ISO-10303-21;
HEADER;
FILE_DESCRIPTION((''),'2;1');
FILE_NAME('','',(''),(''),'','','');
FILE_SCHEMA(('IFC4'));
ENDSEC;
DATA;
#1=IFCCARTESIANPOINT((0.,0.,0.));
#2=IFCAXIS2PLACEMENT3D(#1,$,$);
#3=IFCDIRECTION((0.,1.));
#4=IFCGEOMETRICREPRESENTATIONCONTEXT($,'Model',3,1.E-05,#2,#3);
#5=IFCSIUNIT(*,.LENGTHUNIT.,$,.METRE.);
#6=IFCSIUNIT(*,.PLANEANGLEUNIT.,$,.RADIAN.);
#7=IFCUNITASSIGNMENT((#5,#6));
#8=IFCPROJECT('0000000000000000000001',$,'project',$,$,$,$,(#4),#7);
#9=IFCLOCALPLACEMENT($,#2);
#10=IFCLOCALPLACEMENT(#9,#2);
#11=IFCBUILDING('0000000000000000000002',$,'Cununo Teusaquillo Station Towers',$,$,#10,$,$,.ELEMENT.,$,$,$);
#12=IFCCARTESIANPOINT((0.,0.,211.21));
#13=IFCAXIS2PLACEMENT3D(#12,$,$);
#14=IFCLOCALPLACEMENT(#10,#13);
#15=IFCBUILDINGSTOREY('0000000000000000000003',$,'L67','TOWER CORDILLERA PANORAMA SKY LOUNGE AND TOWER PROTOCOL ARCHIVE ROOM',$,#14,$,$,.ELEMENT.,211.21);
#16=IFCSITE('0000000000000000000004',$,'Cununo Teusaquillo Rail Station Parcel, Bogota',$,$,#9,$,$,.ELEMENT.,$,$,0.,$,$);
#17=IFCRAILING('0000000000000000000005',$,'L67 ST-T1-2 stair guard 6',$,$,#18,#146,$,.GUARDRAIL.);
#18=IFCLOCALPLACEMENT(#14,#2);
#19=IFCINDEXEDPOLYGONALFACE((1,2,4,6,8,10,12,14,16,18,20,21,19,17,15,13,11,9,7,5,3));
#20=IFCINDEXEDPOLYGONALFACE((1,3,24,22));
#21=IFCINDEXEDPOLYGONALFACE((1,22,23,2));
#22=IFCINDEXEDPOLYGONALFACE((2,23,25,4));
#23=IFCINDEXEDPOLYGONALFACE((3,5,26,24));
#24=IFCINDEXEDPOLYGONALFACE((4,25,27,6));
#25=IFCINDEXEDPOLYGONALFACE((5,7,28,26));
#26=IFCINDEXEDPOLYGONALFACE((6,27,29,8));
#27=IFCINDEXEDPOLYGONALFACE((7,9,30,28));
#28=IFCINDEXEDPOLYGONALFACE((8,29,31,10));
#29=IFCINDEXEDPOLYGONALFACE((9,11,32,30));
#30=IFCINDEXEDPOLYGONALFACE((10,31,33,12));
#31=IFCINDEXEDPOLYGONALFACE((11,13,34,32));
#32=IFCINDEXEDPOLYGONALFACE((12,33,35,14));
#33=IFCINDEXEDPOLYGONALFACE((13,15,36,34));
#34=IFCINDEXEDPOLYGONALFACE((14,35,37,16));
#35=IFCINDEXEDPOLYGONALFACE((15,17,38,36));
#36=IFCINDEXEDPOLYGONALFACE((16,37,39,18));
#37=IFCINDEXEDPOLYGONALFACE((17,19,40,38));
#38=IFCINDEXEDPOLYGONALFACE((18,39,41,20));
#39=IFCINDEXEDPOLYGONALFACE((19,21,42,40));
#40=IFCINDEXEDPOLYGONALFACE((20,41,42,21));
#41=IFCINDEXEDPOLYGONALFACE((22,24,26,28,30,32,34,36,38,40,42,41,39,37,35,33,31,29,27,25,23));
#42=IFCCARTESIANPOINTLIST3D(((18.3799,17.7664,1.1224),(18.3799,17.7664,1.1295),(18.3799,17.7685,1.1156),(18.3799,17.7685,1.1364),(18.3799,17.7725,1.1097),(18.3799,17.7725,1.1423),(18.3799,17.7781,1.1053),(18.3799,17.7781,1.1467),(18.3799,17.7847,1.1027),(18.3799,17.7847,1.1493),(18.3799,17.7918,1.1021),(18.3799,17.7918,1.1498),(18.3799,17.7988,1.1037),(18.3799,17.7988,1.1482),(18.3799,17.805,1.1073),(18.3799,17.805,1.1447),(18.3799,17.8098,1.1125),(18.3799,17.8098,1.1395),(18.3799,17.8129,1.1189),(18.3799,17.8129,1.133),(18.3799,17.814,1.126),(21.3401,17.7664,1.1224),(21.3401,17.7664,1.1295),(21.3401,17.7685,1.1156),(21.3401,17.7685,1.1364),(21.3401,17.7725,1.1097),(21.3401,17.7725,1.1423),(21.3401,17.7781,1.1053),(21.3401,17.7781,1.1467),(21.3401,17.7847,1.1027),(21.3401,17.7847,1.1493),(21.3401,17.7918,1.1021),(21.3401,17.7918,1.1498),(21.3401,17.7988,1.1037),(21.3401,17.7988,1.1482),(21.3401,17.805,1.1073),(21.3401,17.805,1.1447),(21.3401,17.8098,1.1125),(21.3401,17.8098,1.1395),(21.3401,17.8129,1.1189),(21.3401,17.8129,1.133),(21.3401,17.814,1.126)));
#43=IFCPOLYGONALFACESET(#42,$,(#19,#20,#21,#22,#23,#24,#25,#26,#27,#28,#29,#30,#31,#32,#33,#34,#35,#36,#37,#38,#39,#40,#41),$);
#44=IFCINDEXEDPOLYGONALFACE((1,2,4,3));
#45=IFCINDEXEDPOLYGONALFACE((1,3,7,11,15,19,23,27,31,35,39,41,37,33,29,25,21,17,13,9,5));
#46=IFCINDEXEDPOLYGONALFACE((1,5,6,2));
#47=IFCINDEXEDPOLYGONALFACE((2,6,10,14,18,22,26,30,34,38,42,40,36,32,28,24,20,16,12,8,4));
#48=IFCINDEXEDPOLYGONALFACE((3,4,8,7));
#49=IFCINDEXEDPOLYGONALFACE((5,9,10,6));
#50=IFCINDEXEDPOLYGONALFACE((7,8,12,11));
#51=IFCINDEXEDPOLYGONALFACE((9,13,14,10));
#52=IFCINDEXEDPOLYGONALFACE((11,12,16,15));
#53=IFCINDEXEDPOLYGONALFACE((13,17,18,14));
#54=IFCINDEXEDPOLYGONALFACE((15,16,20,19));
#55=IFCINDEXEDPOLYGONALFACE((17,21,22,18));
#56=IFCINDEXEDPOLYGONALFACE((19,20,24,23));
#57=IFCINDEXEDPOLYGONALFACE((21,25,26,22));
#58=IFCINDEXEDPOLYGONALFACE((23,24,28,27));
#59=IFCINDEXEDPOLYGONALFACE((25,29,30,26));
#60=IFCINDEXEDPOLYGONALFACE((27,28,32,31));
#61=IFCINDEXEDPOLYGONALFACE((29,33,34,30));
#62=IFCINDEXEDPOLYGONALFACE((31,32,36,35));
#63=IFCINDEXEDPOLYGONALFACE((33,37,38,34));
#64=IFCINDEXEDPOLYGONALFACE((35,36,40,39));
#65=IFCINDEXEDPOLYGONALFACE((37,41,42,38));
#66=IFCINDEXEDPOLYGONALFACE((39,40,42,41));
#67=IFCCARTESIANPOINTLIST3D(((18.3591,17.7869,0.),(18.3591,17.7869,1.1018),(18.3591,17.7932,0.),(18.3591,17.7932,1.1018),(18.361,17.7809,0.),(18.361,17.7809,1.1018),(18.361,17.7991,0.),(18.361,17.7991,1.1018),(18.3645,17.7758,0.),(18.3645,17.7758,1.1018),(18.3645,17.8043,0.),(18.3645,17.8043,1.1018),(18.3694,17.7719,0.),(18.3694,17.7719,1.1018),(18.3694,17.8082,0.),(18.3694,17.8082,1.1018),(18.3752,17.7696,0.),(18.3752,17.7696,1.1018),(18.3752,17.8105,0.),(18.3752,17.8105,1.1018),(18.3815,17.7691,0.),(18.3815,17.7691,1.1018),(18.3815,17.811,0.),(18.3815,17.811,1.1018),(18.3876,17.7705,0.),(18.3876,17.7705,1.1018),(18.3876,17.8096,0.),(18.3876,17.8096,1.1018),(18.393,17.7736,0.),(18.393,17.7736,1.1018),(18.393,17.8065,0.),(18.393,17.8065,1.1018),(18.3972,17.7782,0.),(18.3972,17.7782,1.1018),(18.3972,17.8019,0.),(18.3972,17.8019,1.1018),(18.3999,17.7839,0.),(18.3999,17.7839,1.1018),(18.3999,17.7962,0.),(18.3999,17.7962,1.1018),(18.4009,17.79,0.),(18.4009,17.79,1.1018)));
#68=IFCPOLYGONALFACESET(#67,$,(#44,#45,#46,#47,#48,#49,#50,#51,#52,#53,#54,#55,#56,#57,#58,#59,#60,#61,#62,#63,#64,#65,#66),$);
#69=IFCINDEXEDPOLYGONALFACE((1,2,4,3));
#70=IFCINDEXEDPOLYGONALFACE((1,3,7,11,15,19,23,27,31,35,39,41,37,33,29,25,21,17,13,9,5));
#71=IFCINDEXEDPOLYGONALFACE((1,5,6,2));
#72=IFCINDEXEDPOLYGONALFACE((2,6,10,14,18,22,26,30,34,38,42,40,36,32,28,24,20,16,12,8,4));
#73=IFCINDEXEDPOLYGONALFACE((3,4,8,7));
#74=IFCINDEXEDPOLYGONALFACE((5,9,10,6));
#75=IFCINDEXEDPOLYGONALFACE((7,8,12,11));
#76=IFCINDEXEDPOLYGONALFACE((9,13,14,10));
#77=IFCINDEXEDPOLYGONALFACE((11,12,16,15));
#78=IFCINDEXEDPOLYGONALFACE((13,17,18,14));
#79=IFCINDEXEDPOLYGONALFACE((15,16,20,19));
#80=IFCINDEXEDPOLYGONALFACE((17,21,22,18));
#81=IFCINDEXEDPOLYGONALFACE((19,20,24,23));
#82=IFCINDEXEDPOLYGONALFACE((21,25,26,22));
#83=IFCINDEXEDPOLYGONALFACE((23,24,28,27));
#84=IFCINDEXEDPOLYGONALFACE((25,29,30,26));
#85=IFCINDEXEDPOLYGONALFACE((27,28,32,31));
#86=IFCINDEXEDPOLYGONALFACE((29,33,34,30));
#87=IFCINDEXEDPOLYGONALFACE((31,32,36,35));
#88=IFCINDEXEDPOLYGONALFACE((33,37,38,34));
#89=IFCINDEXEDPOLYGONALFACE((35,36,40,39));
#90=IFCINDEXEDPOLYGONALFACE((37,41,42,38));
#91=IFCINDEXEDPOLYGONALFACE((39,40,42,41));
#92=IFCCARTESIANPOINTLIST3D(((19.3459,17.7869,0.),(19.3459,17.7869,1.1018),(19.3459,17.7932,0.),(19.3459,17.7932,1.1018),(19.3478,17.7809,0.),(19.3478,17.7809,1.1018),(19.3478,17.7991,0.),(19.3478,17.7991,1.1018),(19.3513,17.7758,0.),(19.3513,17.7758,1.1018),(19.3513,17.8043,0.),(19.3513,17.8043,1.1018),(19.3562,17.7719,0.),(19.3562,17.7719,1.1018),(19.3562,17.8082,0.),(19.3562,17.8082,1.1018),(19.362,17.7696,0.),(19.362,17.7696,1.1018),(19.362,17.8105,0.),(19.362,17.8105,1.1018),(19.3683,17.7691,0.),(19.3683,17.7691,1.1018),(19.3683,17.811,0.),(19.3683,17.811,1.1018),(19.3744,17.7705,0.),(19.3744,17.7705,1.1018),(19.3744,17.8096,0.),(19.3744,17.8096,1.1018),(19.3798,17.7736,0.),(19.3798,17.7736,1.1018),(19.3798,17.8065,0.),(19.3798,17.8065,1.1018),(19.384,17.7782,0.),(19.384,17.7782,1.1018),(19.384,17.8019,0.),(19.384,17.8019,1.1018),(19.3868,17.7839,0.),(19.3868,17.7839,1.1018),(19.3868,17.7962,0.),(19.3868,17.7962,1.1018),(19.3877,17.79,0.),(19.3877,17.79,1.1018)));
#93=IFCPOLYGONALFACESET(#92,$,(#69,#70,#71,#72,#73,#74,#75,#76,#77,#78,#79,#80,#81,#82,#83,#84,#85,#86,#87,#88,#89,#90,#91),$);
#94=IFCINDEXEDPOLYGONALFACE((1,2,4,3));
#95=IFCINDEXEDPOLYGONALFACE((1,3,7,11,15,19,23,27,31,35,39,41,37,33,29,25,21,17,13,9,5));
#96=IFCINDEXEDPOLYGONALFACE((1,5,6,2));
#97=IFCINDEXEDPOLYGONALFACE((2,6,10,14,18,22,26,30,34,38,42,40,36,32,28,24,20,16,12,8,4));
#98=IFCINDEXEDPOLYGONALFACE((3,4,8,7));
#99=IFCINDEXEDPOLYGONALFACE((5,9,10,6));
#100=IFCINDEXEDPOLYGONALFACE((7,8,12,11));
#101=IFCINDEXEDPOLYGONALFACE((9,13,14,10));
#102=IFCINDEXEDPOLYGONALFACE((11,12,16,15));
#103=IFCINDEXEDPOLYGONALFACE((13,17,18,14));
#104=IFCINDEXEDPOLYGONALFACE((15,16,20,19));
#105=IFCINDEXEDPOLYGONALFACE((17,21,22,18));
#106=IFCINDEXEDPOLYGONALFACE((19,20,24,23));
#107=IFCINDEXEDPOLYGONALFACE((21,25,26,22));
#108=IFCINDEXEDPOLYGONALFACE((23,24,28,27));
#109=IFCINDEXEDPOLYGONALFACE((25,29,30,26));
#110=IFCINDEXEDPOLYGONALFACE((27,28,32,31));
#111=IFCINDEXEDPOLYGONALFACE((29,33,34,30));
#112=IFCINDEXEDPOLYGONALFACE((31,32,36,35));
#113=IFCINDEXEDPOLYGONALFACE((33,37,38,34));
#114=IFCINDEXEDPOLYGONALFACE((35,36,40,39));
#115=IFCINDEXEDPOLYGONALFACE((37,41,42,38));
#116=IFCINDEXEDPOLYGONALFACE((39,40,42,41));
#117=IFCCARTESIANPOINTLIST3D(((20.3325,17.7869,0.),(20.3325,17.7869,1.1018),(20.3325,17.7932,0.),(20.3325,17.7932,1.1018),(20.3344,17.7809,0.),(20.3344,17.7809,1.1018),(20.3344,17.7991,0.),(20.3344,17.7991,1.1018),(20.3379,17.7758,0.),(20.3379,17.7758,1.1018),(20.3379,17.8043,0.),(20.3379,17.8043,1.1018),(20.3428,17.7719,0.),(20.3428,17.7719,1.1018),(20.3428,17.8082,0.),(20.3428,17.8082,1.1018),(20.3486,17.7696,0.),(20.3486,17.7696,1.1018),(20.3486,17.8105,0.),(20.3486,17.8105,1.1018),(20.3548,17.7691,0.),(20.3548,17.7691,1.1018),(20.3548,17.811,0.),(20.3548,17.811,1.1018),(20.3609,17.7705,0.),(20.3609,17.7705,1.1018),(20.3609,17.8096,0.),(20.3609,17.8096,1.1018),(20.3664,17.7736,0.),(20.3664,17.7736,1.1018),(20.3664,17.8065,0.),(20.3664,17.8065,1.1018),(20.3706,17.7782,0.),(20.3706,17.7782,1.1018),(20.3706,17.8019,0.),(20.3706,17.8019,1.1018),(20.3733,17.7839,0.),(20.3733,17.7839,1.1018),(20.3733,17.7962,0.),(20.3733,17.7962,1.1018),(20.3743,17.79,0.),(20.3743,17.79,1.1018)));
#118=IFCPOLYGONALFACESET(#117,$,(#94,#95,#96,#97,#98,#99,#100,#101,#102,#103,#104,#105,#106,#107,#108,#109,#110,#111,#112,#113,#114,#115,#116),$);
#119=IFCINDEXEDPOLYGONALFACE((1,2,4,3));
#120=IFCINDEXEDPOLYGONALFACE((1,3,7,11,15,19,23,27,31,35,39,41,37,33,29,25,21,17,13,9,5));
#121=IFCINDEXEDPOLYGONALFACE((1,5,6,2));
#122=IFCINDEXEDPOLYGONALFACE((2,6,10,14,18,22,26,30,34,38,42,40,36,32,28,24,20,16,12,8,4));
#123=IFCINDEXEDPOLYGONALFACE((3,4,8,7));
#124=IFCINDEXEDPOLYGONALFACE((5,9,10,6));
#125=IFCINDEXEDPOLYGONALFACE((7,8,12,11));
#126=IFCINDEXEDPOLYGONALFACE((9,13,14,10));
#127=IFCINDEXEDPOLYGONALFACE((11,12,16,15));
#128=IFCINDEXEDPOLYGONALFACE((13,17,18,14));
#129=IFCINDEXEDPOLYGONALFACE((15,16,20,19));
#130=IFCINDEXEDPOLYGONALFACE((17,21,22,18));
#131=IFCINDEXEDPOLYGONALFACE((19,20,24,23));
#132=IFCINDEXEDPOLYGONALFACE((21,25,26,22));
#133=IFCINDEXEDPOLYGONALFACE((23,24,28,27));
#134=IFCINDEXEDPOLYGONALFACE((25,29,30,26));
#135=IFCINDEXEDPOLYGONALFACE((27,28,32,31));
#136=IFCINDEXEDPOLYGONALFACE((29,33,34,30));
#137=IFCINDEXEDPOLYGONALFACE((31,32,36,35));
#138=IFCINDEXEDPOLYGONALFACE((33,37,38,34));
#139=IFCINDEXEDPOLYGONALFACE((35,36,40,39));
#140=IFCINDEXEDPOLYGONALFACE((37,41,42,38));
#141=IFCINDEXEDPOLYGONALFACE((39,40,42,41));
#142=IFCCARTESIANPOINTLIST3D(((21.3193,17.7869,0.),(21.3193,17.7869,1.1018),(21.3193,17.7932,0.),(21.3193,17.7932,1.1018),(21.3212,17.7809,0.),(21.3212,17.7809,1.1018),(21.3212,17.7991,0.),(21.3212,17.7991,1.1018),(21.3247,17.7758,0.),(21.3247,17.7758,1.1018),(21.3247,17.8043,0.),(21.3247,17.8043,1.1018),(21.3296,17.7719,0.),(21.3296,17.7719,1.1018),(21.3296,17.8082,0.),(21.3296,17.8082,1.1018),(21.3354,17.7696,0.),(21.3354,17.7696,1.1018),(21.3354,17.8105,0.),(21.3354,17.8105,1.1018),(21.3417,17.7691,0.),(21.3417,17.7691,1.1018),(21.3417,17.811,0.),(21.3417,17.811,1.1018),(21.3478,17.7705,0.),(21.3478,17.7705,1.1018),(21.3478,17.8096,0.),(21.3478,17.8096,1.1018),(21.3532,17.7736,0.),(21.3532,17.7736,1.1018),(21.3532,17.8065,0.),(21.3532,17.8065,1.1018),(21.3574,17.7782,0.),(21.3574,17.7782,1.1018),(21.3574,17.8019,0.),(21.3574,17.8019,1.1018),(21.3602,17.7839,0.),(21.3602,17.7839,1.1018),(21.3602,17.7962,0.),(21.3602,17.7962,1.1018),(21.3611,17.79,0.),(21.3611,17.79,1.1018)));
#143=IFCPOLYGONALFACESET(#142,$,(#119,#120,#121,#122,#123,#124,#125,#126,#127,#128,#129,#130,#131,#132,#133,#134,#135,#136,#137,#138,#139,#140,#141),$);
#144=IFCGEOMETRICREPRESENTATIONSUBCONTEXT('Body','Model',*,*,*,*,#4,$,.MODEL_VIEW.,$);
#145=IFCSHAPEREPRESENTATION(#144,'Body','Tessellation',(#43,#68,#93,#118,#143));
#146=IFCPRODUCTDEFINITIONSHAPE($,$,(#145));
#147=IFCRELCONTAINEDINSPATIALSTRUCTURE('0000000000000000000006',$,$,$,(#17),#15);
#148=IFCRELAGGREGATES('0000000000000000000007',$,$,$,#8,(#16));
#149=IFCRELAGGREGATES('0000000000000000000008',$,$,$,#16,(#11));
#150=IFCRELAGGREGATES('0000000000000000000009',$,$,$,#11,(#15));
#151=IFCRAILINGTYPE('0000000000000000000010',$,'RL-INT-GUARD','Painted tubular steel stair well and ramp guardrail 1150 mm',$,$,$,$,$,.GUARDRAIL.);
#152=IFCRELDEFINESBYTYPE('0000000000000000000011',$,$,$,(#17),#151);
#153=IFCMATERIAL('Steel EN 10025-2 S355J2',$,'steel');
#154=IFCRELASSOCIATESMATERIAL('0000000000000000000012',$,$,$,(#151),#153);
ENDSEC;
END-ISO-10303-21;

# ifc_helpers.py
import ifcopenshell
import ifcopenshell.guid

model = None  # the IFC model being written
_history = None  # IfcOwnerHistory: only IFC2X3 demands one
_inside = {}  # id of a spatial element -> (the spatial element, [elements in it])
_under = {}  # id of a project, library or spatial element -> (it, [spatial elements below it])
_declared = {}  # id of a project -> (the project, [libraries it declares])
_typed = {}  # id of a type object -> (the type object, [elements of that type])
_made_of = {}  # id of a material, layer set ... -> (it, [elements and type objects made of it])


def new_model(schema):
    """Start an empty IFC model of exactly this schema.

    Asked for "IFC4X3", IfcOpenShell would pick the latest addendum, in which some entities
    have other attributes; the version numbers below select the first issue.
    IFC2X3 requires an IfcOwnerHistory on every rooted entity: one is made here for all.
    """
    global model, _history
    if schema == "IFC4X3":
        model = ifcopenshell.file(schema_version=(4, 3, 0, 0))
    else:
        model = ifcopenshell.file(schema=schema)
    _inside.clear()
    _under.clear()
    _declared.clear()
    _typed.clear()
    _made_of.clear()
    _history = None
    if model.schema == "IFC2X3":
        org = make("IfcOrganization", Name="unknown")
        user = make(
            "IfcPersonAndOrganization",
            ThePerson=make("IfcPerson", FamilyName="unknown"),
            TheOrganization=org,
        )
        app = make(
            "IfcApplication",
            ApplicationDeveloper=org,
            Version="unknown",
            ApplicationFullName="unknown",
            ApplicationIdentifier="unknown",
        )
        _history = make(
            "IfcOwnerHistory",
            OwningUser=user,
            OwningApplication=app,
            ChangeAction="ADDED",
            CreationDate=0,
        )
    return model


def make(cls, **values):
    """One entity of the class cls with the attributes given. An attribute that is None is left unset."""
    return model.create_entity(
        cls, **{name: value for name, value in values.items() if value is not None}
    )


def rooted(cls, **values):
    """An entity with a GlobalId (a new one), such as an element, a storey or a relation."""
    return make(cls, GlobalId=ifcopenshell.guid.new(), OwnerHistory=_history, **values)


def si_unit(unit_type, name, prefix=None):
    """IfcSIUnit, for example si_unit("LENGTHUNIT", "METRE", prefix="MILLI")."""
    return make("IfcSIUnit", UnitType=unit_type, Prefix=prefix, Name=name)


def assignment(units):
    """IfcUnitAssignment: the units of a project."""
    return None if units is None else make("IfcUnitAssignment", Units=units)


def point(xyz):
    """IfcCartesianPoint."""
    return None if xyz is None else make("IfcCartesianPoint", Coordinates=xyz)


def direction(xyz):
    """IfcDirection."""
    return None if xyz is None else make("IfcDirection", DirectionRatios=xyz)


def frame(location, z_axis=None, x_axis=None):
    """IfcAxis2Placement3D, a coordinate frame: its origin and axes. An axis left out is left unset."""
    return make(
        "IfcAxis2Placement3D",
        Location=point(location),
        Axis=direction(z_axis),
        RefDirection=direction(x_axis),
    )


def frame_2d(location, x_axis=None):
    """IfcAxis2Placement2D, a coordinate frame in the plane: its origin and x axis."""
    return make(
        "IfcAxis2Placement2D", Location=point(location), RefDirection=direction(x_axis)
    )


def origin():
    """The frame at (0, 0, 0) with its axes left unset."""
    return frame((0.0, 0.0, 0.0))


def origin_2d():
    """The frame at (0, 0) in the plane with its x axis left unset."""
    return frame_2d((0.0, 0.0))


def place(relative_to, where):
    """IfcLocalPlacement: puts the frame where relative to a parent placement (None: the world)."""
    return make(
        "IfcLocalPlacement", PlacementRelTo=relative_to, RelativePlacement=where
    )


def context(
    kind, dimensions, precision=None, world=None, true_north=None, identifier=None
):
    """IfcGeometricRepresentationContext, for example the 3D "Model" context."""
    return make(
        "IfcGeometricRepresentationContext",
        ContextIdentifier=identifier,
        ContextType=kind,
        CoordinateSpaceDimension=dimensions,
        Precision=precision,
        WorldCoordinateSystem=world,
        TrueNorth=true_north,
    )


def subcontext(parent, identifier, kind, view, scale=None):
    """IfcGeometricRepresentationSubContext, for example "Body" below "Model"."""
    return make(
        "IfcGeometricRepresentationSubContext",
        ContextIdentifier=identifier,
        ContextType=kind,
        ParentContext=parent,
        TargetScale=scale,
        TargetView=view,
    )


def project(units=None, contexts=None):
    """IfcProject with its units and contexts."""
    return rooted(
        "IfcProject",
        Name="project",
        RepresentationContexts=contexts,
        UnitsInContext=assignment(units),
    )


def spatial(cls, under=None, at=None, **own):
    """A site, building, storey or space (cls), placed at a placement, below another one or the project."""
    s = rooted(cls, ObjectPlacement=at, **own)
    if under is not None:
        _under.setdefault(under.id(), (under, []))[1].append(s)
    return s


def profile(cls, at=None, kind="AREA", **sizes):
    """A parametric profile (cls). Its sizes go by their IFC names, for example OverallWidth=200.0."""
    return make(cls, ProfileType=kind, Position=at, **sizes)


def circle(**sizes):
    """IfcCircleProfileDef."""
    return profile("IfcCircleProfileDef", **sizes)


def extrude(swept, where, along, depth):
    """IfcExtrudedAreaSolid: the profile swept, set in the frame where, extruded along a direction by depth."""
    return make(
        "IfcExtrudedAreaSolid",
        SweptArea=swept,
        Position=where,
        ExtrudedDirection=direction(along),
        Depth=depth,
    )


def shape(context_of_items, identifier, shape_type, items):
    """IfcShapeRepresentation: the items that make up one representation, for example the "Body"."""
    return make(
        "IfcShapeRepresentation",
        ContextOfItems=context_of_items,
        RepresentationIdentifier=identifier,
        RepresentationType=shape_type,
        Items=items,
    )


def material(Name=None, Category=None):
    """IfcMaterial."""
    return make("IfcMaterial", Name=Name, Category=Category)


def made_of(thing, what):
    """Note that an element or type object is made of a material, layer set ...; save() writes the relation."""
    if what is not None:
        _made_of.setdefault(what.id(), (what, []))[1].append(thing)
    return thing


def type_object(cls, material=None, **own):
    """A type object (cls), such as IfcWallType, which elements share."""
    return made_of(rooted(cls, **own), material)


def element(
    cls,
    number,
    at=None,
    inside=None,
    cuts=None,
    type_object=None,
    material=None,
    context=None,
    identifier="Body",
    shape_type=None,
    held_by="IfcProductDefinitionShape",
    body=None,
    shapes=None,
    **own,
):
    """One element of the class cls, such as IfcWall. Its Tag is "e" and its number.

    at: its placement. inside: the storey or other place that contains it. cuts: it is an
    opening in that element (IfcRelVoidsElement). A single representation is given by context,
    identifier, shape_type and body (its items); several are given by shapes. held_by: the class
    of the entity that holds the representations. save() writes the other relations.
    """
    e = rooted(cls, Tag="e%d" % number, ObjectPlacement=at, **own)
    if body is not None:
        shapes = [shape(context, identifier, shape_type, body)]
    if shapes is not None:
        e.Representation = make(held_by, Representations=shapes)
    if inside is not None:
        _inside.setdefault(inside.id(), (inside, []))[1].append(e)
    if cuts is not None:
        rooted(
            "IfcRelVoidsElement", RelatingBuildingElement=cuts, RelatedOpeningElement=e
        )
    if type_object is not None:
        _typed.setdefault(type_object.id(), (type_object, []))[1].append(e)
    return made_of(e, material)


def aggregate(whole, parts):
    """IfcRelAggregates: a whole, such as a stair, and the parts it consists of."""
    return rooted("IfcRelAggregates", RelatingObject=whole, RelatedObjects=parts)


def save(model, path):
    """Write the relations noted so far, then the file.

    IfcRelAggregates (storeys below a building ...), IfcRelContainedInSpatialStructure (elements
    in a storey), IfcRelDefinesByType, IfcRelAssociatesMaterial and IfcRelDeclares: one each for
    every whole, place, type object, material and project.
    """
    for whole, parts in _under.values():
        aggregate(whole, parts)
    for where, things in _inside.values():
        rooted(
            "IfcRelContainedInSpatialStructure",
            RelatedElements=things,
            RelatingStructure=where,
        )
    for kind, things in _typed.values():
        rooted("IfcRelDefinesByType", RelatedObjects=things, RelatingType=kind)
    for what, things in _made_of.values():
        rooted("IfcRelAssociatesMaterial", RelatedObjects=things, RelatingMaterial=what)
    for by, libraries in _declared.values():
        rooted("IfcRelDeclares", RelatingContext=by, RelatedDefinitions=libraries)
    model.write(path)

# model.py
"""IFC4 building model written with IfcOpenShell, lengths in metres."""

from ifc_helpers import new_model, si_unit, direction, frame, origin, origin_2d, place, context, subcontext, project, spatial, circle, extrude, material, type_object, element, save


model = new_model("IFC4")

# Units and contexts
model_context = context("Model", 3, precision=1e-05, world=origin(), true_north=direction((0.0, 1.0)))
body_context = subcontext(model_context, "Body", "Model", "MODEL_VIEW")
ifc_project = project(units=[si_unit("LENGTHUNIT", "METRE"), si_unit("PLANEANGLEUNIT", "RADIAN")], contexts=[model_context])

# Site, building, storey
site_placement = place(None, origin())
site = spatial("IfcSite", under=ifc_project, at=site_placement, Name="Cununo Teusaquillo Rail Station Parcel, Bogota", CompositionType="ELEMENT", RefElevation=0.0)
building_placement = place(site_placement, origin())
building = spatial("IfcBuilding", under=site, at=building_placement, Name="Cununo Teusaquillo Station Towers", CompositionType="ELEMENT")
storey_placement = place(building_placement, frame((0.0, 0.0, 211.21)))
storey = spatial("IfcBuildingStorey", under=building, at=storey_placement, Name="L67", Description="TOWER CORDILLERA PANORAMA SKY LOUNGE AND TOWER PROTOCOL ARCHIVE ROOM", CompositionType="ELEMENT", Elevation=211.21)

# Railing
ifc_material_1 = material(Name="Steel EN 10025-2 S355J2", Category="steel")
railing_type_1 = type_object("IfcRailingType", Name="RL-INT-GUARD", Description="Painted tubular steel stair well and ramp guardrail 1150 mm", PredefinedType="GUARDRAIL", material=ifc_material_1)
railing_1_placement = place(storey_placement, frame((18.3799, 17.79, 0.0)))
element("IfcRailing", 1, at=railing_1_placement, inside=storey, type_object=railing_type_1, Name="L67 ST-T1-2 stair guard 6", PredefinedType="GUARDRAIL", context=body_context, shape_type="SweptSolid", body=[
    extrude(circle(Radius=0.0239, at=origin_2d()), frame((0.0, 0.0, 1.126), z_axis=(1.0, 0.0, 0.0), x_axis=(0.0, 1.0, 0.0)), (0.0, 0.0, 1.0), 2.9602),
    extrude(circle(Radius=0.021, at=origin_2d()), origin(), (0.0, 0.0, 1.0), 1.1018),
    extrude(circle(Radius=0.021, at=origin_2d()), frame((0.9868, 0.0, 0.0)), (0.0, 0.0, 1.0), 1.1018),
    extrude(circle(Radius=0.021, at=origin_2d()), frame((1.9734, 0.0, 0.0)), (0.0, 0.0, 1.0), 1.1018),
    extrude(circle(Radius=0.021, at=origin_2d()), frame((2.9602, 0.0, 0.0)), (0.0, 0.0, 1.0), 1.1018),
])

save(model, "model.ifc")
